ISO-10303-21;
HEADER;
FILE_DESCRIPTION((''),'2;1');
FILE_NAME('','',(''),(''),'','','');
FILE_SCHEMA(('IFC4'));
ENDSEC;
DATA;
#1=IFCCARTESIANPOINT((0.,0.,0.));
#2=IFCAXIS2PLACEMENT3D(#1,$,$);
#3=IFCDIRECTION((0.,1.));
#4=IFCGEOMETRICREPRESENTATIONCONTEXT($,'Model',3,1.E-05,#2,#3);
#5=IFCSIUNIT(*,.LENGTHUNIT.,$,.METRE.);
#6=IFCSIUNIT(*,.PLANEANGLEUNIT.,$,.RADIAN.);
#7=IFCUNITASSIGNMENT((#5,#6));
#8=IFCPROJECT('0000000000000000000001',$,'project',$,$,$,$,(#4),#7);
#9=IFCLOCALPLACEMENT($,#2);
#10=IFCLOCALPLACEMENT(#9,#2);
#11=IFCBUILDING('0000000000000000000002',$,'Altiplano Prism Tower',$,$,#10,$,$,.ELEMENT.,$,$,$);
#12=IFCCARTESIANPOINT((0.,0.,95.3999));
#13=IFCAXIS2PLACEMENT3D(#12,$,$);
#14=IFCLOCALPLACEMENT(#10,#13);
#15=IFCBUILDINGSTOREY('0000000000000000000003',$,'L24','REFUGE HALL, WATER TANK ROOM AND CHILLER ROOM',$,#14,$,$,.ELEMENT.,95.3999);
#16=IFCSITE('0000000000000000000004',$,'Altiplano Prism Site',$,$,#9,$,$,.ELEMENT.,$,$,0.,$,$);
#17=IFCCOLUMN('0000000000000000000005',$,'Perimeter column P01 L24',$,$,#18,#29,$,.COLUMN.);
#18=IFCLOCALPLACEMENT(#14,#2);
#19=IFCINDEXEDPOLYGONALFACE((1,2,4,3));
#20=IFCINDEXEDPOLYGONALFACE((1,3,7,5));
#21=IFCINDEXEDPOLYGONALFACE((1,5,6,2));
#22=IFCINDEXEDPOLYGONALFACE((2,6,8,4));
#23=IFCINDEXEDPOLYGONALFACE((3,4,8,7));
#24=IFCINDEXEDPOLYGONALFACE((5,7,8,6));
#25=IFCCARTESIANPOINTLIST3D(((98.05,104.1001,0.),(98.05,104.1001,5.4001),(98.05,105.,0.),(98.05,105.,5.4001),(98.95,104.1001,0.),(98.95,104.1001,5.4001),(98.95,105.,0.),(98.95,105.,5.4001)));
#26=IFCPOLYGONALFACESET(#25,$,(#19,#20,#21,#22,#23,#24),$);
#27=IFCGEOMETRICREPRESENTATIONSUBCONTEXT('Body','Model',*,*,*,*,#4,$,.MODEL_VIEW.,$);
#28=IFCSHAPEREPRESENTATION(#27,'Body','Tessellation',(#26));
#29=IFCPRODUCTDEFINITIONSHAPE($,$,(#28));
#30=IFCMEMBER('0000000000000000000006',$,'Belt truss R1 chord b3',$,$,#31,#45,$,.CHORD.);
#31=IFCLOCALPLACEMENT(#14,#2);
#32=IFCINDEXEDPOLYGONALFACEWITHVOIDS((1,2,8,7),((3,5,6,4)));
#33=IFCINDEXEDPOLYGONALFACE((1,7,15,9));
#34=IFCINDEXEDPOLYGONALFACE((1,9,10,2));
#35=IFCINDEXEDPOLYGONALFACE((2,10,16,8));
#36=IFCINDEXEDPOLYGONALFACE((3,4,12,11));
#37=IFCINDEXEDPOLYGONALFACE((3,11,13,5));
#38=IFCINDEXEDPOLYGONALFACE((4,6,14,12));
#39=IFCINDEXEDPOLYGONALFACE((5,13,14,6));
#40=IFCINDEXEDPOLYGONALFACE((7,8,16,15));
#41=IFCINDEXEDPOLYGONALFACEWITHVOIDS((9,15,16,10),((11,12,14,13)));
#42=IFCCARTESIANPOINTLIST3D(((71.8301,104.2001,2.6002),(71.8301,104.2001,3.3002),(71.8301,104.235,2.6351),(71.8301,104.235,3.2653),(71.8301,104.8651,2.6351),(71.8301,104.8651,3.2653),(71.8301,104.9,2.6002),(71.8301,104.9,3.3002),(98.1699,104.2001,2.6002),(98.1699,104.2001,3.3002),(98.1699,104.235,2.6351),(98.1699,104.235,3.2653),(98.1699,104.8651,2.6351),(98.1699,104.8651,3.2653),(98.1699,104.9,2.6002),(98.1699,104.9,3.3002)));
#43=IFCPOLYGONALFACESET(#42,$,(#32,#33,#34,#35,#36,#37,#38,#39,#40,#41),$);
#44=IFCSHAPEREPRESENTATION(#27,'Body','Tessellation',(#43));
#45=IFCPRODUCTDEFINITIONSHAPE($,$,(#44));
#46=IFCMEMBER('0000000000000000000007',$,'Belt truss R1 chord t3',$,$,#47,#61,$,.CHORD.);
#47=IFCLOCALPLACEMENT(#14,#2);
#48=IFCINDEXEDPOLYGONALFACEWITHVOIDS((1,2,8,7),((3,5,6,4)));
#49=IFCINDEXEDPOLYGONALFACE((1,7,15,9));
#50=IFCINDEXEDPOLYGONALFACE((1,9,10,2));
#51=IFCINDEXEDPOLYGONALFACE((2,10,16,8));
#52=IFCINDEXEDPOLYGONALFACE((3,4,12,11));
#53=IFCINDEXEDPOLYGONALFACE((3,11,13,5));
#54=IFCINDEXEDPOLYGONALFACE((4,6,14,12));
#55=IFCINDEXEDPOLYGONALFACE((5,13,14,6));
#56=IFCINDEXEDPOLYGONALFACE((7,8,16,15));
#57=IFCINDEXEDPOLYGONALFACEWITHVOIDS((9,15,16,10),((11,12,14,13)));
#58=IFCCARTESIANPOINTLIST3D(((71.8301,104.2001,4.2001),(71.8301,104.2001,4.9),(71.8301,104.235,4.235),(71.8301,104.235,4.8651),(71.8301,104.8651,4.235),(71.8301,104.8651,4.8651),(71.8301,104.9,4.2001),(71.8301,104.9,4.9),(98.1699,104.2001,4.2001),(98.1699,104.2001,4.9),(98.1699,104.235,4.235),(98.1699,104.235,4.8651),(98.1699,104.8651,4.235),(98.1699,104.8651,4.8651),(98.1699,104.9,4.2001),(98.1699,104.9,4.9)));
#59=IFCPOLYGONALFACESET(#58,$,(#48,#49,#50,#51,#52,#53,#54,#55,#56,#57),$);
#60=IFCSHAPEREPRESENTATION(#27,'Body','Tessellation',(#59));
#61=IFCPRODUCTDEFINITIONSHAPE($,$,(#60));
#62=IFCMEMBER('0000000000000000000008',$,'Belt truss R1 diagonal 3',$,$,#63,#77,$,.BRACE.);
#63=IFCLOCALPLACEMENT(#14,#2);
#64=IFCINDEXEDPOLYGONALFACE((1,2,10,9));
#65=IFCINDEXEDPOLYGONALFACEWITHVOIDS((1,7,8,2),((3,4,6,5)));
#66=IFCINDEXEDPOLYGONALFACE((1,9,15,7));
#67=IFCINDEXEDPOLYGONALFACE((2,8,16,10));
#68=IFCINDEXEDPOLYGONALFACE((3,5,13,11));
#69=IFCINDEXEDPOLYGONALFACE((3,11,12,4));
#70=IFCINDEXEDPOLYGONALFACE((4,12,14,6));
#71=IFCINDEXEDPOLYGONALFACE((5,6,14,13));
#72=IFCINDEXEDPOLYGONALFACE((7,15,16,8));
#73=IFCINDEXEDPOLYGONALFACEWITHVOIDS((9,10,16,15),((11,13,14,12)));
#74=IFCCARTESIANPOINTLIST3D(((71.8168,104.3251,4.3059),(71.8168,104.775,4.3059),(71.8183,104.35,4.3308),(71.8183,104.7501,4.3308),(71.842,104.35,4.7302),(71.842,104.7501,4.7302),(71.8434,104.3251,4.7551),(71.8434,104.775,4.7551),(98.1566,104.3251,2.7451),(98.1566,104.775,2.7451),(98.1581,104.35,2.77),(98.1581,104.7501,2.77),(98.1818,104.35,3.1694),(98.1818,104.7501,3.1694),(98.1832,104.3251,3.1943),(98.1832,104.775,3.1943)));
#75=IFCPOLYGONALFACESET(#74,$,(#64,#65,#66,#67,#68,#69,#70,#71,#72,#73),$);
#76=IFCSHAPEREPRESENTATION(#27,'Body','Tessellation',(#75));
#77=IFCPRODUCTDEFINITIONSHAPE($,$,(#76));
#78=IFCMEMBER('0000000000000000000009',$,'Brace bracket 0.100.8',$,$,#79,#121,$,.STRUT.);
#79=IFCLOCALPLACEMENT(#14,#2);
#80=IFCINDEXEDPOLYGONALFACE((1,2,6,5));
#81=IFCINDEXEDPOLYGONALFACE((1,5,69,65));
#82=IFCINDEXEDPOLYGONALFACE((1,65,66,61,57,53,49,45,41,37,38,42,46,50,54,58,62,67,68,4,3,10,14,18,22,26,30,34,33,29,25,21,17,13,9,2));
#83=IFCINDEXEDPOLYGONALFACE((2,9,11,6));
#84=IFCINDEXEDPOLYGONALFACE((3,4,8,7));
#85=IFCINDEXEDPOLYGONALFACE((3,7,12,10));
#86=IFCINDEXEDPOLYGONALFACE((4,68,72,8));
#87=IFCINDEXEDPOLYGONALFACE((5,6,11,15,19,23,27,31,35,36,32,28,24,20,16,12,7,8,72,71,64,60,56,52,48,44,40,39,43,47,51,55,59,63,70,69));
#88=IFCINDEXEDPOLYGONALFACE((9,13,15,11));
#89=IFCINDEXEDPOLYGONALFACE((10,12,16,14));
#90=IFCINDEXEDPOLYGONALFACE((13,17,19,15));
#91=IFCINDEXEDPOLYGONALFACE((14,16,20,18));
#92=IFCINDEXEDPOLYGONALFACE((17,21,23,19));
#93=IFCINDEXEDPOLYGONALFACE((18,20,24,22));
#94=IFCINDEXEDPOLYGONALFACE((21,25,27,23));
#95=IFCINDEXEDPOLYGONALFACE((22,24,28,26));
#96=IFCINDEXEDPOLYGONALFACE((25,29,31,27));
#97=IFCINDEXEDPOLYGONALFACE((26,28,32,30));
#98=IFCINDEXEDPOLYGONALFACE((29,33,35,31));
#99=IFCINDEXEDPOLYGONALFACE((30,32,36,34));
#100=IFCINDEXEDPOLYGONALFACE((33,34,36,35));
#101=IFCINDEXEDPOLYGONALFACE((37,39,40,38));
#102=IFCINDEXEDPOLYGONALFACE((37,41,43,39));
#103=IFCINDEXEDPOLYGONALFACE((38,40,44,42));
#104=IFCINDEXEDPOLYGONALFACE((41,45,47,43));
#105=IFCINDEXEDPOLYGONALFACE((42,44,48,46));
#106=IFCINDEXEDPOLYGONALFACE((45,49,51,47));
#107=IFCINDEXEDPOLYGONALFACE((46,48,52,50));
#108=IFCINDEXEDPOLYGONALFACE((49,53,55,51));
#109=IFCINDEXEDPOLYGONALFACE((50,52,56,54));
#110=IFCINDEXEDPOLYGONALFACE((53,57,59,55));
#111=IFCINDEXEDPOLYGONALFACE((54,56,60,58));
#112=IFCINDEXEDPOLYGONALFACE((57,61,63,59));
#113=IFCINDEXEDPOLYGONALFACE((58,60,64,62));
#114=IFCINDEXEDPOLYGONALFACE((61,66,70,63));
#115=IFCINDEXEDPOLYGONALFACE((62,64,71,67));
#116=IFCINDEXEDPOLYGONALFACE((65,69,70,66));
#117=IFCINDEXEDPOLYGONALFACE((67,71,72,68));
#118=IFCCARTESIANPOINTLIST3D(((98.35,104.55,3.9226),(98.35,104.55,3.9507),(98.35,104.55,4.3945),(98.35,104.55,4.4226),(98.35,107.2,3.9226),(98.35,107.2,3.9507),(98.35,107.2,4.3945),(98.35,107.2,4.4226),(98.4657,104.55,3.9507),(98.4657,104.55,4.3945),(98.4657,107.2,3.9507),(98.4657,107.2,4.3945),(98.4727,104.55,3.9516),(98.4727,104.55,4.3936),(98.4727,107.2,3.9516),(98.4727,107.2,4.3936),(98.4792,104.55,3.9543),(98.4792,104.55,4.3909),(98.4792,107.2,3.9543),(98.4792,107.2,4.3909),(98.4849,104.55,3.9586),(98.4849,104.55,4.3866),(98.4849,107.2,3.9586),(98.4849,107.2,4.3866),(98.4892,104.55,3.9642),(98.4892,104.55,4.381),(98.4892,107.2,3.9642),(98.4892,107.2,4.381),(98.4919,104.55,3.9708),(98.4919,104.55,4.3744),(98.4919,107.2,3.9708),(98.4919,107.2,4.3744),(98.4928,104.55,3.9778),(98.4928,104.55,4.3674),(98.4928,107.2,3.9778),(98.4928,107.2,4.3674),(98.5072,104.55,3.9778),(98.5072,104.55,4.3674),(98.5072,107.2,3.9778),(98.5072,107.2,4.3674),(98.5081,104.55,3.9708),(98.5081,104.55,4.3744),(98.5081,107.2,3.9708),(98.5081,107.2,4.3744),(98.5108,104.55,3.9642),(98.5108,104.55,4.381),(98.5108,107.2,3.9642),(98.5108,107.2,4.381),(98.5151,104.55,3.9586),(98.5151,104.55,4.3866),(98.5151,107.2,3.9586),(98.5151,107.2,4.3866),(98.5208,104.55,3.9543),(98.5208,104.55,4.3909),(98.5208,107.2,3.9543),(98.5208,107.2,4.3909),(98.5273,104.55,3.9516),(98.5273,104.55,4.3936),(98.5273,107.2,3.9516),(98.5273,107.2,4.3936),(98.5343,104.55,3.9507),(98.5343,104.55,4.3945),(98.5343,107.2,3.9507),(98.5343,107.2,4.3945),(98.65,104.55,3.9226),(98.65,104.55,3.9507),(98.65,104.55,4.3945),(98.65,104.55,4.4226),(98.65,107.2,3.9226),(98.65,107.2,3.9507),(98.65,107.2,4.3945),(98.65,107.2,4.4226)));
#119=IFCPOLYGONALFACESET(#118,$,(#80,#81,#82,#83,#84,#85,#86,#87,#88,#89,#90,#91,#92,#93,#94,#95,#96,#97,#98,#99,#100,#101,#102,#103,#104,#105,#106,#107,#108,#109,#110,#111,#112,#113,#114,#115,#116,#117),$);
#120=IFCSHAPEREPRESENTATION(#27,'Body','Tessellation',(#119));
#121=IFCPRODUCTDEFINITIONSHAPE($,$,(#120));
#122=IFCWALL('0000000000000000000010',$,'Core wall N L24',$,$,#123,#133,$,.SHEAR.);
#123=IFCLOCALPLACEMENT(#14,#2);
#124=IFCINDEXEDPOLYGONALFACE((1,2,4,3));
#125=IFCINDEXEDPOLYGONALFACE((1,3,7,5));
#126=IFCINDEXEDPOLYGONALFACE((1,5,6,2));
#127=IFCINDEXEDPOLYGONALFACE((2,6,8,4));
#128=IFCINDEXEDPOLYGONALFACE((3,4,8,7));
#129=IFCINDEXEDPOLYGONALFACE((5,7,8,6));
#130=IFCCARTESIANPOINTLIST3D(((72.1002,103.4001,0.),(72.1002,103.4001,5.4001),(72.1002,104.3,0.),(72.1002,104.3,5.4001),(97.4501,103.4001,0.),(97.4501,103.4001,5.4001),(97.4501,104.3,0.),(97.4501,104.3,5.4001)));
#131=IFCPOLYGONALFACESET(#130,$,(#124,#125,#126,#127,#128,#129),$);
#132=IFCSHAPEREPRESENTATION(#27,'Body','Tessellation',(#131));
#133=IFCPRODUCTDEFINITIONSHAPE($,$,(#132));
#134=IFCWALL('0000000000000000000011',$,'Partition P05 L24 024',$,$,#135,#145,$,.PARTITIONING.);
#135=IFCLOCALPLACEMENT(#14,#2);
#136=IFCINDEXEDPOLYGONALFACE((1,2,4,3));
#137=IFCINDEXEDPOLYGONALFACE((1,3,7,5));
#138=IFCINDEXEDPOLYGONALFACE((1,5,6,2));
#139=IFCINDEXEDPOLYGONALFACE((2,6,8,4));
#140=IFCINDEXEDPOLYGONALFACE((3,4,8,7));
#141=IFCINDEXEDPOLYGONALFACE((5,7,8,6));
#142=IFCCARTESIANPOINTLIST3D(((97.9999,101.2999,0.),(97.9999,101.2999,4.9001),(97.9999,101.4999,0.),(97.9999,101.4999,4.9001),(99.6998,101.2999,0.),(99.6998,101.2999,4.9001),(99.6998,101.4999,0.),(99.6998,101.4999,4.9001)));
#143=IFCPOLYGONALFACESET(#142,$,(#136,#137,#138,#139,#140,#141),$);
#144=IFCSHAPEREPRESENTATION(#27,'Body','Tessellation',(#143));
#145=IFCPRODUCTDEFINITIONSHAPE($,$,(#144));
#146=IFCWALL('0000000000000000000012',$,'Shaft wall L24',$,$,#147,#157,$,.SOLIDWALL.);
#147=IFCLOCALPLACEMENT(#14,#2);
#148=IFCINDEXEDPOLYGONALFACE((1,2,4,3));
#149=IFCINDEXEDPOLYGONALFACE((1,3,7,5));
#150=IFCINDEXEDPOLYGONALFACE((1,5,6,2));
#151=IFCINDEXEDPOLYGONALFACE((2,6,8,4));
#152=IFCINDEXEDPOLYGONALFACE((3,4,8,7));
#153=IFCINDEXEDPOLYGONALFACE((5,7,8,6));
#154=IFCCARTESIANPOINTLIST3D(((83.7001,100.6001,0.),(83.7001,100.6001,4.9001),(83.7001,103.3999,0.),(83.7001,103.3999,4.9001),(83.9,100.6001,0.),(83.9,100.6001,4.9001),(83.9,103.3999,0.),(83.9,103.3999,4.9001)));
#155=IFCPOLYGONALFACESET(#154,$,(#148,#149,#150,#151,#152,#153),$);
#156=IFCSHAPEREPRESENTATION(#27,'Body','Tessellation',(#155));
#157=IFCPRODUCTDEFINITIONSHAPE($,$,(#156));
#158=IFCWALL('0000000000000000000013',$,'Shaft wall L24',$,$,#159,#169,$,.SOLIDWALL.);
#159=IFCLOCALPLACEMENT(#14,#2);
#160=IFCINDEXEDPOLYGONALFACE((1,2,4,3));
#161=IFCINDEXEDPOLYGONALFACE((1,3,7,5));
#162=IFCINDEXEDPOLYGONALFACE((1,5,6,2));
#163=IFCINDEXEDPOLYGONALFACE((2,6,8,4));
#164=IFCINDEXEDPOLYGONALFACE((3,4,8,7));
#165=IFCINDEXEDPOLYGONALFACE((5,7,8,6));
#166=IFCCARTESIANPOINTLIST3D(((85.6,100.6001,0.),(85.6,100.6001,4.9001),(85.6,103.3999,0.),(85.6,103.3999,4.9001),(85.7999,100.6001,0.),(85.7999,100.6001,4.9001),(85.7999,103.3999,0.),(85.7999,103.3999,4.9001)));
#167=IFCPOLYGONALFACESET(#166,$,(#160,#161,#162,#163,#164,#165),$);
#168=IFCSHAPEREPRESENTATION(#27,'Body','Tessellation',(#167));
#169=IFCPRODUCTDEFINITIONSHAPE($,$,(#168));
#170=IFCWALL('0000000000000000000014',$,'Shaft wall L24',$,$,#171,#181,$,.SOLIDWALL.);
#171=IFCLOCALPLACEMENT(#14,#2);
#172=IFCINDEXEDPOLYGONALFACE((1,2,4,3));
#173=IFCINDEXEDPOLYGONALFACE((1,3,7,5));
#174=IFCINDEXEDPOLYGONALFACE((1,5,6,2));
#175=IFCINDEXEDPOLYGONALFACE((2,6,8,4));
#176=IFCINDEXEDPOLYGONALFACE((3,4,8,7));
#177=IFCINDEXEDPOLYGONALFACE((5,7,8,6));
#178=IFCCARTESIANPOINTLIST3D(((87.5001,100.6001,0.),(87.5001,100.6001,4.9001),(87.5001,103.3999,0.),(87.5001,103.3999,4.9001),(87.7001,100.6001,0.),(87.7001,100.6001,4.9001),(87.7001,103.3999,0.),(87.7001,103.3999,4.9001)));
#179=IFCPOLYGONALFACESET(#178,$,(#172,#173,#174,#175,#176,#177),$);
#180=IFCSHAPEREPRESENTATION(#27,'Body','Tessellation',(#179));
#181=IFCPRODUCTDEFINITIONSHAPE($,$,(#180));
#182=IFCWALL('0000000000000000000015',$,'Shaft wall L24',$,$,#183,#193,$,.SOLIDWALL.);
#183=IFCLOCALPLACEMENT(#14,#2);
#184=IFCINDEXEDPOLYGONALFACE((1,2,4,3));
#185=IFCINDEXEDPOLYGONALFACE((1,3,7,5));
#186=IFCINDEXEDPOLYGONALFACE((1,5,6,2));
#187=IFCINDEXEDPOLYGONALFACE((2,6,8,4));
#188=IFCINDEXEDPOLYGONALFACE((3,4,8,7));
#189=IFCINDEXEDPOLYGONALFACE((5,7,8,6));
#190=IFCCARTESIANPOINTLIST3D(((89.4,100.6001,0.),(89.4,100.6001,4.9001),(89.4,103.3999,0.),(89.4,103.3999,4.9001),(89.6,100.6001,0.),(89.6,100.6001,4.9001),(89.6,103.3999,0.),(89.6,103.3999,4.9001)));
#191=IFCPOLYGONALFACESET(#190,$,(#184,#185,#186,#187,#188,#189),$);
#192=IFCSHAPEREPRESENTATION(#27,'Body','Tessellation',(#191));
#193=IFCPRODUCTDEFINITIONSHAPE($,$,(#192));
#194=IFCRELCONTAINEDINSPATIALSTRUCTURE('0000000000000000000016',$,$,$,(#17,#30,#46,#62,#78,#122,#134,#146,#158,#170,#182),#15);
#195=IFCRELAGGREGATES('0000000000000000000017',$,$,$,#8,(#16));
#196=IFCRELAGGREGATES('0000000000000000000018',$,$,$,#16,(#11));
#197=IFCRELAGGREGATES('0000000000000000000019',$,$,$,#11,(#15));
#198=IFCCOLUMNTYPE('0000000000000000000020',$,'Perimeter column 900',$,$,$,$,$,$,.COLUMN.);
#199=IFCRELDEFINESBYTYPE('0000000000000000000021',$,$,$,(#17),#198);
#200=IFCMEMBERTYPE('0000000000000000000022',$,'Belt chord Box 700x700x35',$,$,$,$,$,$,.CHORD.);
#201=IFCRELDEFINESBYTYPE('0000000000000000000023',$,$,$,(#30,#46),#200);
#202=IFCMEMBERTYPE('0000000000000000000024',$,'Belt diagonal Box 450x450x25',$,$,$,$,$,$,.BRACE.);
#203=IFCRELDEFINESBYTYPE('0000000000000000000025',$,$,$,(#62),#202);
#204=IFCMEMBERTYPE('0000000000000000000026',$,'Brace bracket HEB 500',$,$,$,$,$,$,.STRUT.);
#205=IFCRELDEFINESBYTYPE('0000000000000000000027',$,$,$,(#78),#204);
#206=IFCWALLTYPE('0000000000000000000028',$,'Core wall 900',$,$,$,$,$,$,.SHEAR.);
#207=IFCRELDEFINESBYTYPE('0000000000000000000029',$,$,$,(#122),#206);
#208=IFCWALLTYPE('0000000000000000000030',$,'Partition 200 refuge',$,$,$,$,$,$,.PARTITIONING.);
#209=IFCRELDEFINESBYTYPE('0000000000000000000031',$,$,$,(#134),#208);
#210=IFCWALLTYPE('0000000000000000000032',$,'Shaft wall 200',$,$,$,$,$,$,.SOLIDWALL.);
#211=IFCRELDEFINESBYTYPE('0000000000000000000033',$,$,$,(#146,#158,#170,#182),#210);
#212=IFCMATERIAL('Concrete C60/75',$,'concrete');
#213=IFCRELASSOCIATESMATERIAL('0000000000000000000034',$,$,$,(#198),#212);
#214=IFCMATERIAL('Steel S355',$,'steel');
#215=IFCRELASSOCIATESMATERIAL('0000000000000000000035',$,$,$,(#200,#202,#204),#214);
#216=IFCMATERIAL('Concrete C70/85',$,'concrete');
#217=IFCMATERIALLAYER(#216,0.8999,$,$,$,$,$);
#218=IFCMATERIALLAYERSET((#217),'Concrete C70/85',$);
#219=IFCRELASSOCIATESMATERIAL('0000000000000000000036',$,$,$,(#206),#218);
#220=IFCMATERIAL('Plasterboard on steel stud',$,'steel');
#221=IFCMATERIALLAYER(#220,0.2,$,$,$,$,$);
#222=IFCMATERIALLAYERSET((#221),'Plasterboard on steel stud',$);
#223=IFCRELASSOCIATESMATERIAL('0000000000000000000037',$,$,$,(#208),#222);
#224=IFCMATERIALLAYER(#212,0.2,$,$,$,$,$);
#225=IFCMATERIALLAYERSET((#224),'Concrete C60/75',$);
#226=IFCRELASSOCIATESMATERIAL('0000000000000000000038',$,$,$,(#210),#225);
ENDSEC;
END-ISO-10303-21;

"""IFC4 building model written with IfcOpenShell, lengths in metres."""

from ifc_helpers import new_model, si_unit, direction, frame, frame_2d, origin, origin_2d, place, context, subcontext, project, spatial, rectangle, hollow_rectangle, i_section, extrude, material, layer, layer_set, material_profile, profile_set, type_object, element, save


model = new_model("IFC4")

# Units and contexts
model_context = context("Model", 3, precision=1e-05, world=origin(), true_north=direction((0.0, 1.0)))
body_context = subcontext(model_context, "Body", "Model", "MODEL_VIEW")
ifc_project = project(units=[si_unit("LENGTHUNIT", "METRE"), si_unit("PLANEANGLEUNIT", "RADIAN")], contexts=[model_context])

# Site, building, storey
site_placement = place(None, origin())
site = spatial("IfcSite", under=ifc_project, at=site_placement, Name="Altiplano Prism Site", CompositionType="ELEMENT", RefElevation=0.0)
building_placement = place(site_placement, origin())
building = spatial("IfcBuilding", under=site, at=building_placement, Name="Altiplano Prism Tower", CompositionType="ELEMENT")
storey_placement = place(building_placement, frame((0.0, 0.0, 95.3999)))
storey = spatial("IfcBuildingStorey", under=building, at=storey_placement, Name="L24", Description="REFUGE HALL, WATER TANK ROOM AND CHILLER ROOM", CompositionType="ELEMENT", Elevation=95.3999)

# Column
ifc_material_1 = material(Name="Concrete C60/75", Category="concrete")
ifc_material_profile_1 = material_profile(ifc_material_1, rectangle(XDim=0.8999, YDim=0.8999, at=origin_2d()), Name="Perimeter column 900")
ifc_profile_set_1 = profile_set([ifc_material_profile_1], Name="Concrete C60/75")
column_type = type_object("IfcColumnType", Name="Perimeter column 900", PredefinedType="COLUMN", material=ifc_profile_set_1)
column_placement = place(storey_placement, frame((98.5, 104.55, 0.0), z_axis=(0.0, 0.0, 1.0), x_axis=(1.0, 0.0, 0.0)))
element("IfcColumn", 1, at=column_placement, inside=storey, type_object=column_type, Name="Perimeter column P01 L24", PredefinedType="COLUMN", context=body_context, shape_type="SweptSolid", body=[
    extrude(rectangle(XDim=0.8999, YDim=0.8999, at=origin_2d()), origin(), (0.0, 0.0, 1.0), 5.4001),
])

# Members
ifc_material_2 = material(Name="Steel S355", Category="steel")
ifc_material_profile_2 = material_profile(ifc_material_2, hollow_rectangle(XDim=0.7, YDim=0.7, WallThickness=0.0349, at=origin_2d()), Name="Belt chord Box 700x700x35")
ifc_profile_set_2 = profile_set([ifc_material_profile_2], Name="Steel S355")
member_type_1 = type_object("IfcMemberType", Name="Belt chord Box 700x700x35", PredefinedType="CHORD", material=ifc_profile_set_2)
for number, where, z_axis, x_axis, name in (
    (2, (98.1699, 104.55, 2.9502), (-1.0, 0.0, 0.0), (0.0, -1.0, 0.0), "Belt truss R1 chord b3"),
    (3, (98.1699, 104.55, 4.55), (-1.0, 0.0, 0.0), (0.0, -1.0, 0.0), "Belt truss R1 chord t3"),
):
    element("IfcMember", number, at=place(storey_placement, frame(where, z_axis=z_axis, x_axis=x_axis)), inside=storey, type_object=member_type_1, Name=name, PredefinedType="CHORD", context=body_context, shape_type="SweptSolid", body=[
        extrude(hollow_rectangle(XDim=0.7, YDim=0.7, WallThickness=0.0349, at=origin_2d()), origin(), (0.0, 0.0, 1.0), 26.3398),
    ])
ifc_material_profile_3 = material_profile(ifc_material_2, hollow_rectangle(XDim=0.45, YDim=0.45, WallThickness=0.0249, at=origin_2d()), Name="Belt diagonal Box 450x450x25")
ifc_profile_set_3 = profile_set([ifc_material_profile_3], Name="Steel S355")
member_type_2 = type_object("IfcMemberType", Name="Belt diagonal Box 450x450x25", PredefinedType="BRACE", material=ifc_profile_set_3)
member_1_placement = place(storey_placement, frame((98.1699, 104.55, 2.9697), z_axis=(-0.998249, 0.0, 0.059152), x_axis=(0.0, -1.0, 0.0)))
element("IfcMember", 4, at=member_1_placement, inside=storey, type_object=member_type_2, Name="Belt truss R1 diagonal 3", PredefinedType="BRACE", context=body_context, shape_type="SweptSolid", body=[
    extrude(hollow_rectangle(XDim=0.45, YDim=0.45, WallThickness=0.0249, at=origin_2d()), origin(), (0.0, 0.0, 1.0), 26.386),
])
ifc_material_profile_4 = material_profile(ifc_material_2, i_section(OverallWidth=0.3, OverallDepth=0.5, WebThickness=0.0144, FlangeThickness=0.0281, FilletRadius=0.0271, at=origin_2d()), Name="Brace bracket HEB 500")
ifc_profile_set_4 = profile_set([ifc_material_profile_4], Name="Steel S355")
member_type_3 = type_object("IfcMemberType", Name="Brace bracket HEB 500", PredefinedType="STRUT", material=ifc_profile_set_4)
member_2_placement = place(storey_placement, frame((98.5, 104.55, 4.1726), z_axis=(0.0, 1.0, 0.0), x_axis=(-1.0, 0.0, 0.0)))
element("IfcMember", 5, at=member_2_placement, inside=storey, type_object=member_type_3, Name="Brace bracket 0.100.8", PredefinedType="STRUT", context=body_context, shape_type="SweptSolid", body=[
    extrude(i_section(OverallWidth=0.3, OverallDepth=0.5, WebThickness=0.0144, FlangeThickness=0.0281, FilletRadius=0.0271, at=origin_2d()), origin(), (0.0, 0.0, 1.0), 2.6499),
])

# Walls
ifc_material_3 = material(Name="Concrete C70/85", Category="concrete")
ifc_layer_1 = layer(ifc_material_3, 0.8999)
ifc_layer_set_1 = layer_set([ifc_layer_1], Name="Concrete C70/85")
wall_type_1 = type_object("IfcWallType", Name="Core wall 900", PredefinedType="SHEAR", material=ifc_layer_set_1)
wall_1_placement = place(storey_placement, frame((97.45, 103.8501, 0.0), z_axis=(0.0, 0.0, 1.0), x_axis=(-1.0, 0.0, 0.0)))
element("IfcWall", 6, at=wall_1_placement, inside=storey, type_object=wall_type_1, Name="Core wall N L24", PredefinedType="SHEAR", context=body_context, shape_type="SweptSolid", body=[
    extrude(rectangle(XDim=25.3499, YDim=0.8999, at=frame_2d((12.6748, 0.0))), origin(), (0.0, 0.0, 1.0), 5.4001),
])
ifc_material_4 = material(Name="Plasterboard on steel stud", Category="steel")
ifc_layer_2 = layer(ifc_material_4, 0.2)
ifc_layer_set_2 = layer_set([ifc_layer_2], Name="Plasterboard on steel stud")
wall_type_2 = type_object("IfcWallType", Name="Partition 200 refuge", PredefinedType="PARTITIONING", material=ifc_layer_set_2)
wall_2_placement = place(storey_placement, frame((99.7, 101.3999, 0.0), z_axis=(0.0, 0.0, 1.0), x_axis=(-1.0, 0.0, 0.0)))
element("IfcWall", 7, at=wall_2_placement, inside=storey, type_object=wall_type_2, Name="Partition P05 L24 024", PredefinedType="PARTITIONING", context=body_context, shape_type="SweptSolid", body=[
    extrude(rectangle(XDim=1.7, YDim=0.2, at=frame_2d((0.8501, 0.0))), origin(), (0.0, 0.0, 1.0), 4.9001),
])
ifc_layer_3 = layer(ifc_material_1, 0.2)
ifc_layer_set_3 = layer_set([ifc_layer_3], Name="Concrete C60/75")
wall_type_3 = type_object("IfcWallType", Name="Shaft wall 200", PredefinedType="SOLIDWALL", material=ifc_layer_set_3)
for number, where, z_axis, x_axis, name in (
    (8, (83.8, 100.6001, 0.0), (0.0, 0.0, 1.0), (0.0, 1.0, 0.0), "Shaft wall L24"),
    (9, (85.7, 100.6001, 0.0), (0.0, 0.0, 1.0), (0.0, 1.0, 0.0), "Shaft wall L24"),
    (10, (87.6001, 100.6001, 0.0), (0.0, 0.0, 1.0), (0.0, 1.0, 0.0), "Shaft wall L24"),
    (11, (89.5, 100.6001, 0.0), (0.0, 0.0, 1.0), (0.0, 1.0, 0.0), "Shaft wall L24"),
):
    element("IfcWall", number, at=place(storey_placement, frame(where, z_axis=z_axis, x_axis=x_axis)), inside=storey, type_object=wall_type_3, Name=name, PredefinedType="SOLIDWALL", context=body_context, shape_type="SweptSolid", body=[
        extrude(rectangle(XDim=2.7998, YDim=0.2, at=frame_2d((1.3999, 0.0))), origin(), (0.0, 0.0, 1.0), 4.9001),
    ])

save(model, "model.ifc")
